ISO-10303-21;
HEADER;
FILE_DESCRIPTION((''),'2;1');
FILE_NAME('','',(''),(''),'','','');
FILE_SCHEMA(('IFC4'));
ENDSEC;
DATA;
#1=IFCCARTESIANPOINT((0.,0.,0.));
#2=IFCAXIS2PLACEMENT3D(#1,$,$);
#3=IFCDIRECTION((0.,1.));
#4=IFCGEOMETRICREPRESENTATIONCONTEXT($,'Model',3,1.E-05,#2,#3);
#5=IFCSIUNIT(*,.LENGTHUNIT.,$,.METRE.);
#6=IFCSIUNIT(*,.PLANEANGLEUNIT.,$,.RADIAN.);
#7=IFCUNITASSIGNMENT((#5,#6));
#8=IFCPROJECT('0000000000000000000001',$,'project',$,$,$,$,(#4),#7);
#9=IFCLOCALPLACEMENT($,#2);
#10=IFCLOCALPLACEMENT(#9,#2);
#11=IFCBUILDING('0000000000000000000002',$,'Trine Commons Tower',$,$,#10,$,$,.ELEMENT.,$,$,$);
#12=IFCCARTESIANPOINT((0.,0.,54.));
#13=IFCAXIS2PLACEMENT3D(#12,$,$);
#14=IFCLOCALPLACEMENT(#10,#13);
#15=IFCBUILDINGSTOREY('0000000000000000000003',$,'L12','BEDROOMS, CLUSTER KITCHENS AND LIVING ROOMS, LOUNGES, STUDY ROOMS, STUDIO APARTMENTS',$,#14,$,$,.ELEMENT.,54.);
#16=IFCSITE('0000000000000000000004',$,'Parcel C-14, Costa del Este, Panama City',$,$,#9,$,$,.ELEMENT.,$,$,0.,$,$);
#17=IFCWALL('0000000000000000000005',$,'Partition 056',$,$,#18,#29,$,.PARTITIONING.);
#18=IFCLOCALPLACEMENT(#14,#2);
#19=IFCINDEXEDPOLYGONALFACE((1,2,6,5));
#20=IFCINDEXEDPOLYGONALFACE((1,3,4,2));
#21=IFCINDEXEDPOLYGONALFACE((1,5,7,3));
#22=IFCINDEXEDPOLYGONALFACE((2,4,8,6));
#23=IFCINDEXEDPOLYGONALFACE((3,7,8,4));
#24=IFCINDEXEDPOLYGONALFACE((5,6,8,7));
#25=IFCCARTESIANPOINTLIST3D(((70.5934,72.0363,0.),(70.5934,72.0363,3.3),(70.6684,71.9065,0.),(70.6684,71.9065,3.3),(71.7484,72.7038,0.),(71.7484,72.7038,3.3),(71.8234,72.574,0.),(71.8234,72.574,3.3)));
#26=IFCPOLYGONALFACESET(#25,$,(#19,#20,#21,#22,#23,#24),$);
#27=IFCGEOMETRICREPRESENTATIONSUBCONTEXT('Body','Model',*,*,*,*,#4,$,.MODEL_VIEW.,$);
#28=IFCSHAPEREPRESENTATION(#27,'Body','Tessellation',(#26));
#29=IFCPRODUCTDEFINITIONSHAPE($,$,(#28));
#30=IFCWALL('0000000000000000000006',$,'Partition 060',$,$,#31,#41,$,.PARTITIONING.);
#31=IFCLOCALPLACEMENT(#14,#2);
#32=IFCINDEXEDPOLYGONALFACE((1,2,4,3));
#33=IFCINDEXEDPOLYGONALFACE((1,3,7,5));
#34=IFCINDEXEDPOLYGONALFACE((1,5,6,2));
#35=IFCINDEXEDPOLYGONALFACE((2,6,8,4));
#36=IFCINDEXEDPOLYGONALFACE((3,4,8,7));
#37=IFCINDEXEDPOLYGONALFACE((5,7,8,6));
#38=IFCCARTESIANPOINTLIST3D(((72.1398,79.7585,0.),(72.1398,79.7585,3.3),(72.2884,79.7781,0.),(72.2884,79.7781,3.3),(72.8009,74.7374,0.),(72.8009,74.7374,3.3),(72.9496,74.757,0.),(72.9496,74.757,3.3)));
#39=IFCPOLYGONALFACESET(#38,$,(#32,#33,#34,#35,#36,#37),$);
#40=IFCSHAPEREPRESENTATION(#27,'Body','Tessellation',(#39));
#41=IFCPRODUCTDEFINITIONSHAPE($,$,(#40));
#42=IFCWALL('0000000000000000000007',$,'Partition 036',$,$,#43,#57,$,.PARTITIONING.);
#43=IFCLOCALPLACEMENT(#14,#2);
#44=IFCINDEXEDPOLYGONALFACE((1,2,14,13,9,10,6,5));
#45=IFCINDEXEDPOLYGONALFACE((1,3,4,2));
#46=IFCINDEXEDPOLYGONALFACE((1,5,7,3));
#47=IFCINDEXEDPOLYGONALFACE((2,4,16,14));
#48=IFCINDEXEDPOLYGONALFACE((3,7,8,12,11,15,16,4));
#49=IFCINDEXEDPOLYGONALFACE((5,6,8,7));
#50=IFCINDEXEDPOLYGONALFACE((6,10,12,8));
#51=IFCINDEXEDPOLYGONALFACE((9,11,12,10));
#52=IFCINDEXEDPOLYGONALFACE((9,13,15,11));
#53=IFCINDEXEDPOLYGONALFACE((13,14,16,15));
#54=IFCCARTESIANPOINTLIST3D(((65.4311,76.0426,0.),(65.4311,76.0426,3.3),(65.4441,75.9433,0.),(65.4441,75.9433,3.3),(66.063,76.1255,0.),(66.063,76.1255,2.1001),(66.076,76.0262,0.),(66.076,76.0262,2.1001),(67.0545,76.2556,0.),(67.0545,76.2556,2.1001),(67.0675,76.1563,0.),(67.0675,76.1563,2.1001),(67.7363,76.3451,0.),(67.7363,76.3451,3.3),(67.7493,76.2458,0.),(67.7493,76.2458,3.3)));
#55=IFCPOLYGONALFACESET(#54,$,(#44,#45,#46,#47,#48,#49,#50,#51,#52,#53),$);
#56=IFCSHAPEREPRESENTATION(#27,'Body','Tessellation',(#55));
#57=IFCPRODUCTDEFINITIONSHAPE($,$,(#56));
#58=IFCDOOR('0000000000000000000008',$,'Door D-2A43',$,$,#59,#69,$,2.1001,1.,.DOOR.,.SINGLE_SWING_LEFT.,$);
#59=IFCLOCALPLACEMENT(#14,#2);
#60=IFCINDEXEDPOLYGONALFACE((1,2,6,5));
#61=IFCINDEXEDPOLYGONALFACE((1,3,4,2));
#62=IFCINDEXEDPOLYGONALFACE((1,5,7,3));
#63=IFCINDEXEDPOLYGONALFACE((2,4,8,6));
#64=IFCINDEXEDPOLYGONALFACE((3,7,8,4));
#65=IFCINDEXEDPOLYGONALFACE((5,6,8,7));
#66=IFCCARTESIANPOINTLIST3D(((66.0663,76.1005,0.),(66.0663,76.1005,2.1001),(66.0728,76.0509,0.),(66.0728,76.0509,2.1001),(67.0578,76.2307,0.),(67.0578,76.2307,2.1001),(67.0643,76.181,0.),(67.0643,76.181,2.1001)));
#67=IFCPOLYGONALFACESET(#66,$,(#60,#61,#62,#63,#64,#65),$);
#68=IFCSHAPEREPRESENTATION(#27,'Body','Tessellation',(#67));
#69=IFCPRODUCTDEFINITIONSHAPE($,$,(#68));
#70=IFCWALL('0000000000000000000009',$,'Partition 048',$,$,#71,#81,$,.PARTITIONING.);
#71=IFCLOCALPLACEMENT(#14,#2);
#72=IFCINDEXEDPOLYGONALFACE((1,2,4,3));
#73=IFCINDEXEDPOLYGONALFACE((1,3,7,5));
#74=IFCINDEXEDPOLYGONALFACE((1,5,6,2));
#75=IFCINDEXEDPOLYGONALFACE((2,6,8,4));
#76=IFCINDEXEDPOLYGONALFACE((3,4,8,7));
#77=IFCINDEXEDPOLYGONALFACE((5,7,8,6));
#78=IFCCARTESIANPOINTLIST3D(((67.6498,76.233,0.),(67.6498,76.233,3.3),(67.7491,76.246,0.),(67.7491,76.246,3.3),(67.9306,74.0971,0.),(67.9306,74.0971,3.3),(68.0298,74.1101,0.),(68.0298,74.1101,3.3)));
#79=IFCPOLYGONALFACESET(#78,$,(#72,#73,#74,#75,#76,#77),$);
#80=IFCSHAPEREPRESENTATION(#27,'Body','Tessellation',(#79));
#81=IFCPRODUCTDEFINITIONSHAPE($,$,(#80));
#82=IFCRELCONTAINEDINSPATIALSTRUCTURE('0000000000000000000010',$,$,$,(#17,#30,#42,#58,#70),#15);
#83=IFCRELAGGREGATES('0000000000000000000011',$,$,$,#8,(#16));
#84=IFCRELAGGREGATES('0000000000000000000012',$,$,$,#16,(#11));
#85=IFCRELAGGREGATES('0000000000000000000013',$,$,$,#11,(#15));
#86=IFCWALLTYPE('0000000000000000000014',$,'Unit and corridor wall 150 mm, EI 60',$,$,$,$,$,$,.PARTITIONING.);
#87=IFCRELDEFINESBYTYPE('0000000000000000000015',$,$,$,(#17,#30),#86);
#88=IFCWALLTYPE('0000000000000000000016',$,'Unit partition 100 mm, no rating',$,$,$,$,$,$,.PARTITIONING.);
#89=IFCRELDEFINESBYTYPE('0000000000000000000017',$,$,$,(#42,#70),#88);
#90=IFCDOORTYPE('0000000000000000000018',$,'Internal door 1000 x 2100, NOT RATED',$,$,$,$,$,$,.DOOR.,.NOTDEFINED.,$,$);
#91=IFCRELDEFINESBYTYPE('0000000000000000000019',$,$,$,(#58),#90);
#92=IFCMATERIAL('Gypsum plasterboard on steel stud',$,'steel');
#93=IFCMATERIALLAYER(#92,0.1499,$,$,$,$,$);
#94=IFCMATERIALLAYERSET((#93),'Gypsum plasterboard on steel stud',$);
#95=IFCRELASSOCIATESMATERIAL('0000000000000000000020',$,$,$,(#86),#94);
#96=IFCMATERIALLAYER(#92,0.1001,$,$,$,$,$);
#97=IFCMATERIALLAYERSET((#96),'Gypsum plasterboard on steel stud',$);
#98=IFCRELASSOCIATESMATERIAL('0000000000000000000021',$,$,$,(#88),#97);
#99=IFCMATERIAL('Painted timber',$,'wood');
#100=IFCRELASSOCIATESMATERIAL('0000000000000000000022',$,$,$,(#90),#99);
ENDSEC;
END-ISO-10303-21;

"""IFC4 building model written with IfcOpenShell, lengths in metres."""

from ifc_helpers import new_model, si_unit, direction, frame, frame_2d, origin, place, context, subcontext, project, spatial, rectangle, extrude, material, layer, layer_set, type_object, element, fill, save


model = new_model("IFC4")

# Units and contexts
model_context = context("Model", 3, precision=1e-05, world=origin(), true_north=direction((0.0, 1.0)))
body_context = subcontext(model_context, "Body", "Model", "MODEL_VIEW")
ifc_project = project(units=[si_unit("LENGTHUNIT", "METRE"), si_unit("PLANEANGLEUNIT", "RADIAN")], contexts=[model_context])

# Site, building, storey
site_placement = place(None, origin())
site = spatial("IfcSite", under=ifc_project, at=site_placement, Name="Parcel C-14, Costa del Este, Panama City", CompositionType="ELEMENT", RefElevation=0.0)
building_placement = place(site_placement, origin())
building = spatial("IfcBuilding", under=site, at=building_placement, Name="Trine Commons Tower", CompositionType="ELEMENT")
storey_placement = place(building_placement, frame((0.0, 0.0, 54.0)))
storey = spatial("IfcBuildingStorey", under=building, at=storey_placement, Name="L12", Description="BEDROOMS, CLUSTER KITCHENS AND LIVING ROOMS, LOUNGES, STUDY ROOMS, STUDIO APARTMENTS", CompositionType="ELEMENT", Elevation=54.0)

# Shared definitions
ifc_material_1 = material(Name="Gypsum plasterboard on steel stud", Category="steel")
ifc_layer_1 = layer(ifc_material_1, 0.1499)
ifc_layer_set_1 = layer_set([ifc_layer_1], Name="Gypsum plasterboard on steel stud")
wall_type_1 = type_object("IfcWallType", Name="Unit and corridor wall 150 mm, EI 60", PredefinedType="PARTITIONING", material=ifc_layer_set_1)

# Shared definitions
ifc_material_2 = material(Name="Painted timber", Category="wood")

# Walls
wall_1_placement = place(storey_placement, frame((70.6309, 71.9714, 0.0), z_axis=(0.0, 0.0, 1.0), x_axis=(0.865823, 0.500351, 0.0)))
element("IfcWall", 1, at=wall_1_placement, inside=storey, type_object=wall_type_1, Name="Partition 056", PredefinedType="PARTITIONING", context=body_context, shape_type="SweptSolid", body=[
    extrude(rectangle(XDim=1.334, YDim=0.1499, at=frame_2d((0.667, 0.0))), origin(), (0.0, 0.0, 1.0), 3.3),
])
wall_2_placement = place(storey_placement, frame((72.2141, 79.7683, 0.0), z_axis=(0.0, 0.0, 1.0), x_axis=(0.130547, -0.991442, 0.0)))
element("IfcWall", 2, at=wall_2_placement, inside=storey, type_object=wall_type_1, Name="Partition 060", PredefinedType="PARTITIONING", context=body_context, shape_type="SweptSolid", body=[
    extrude(rectangle(XDim=5.0645, YDim=0.1499, at=frame_2d((2.5322, 0.0))), origin(), (0.0, 0.0, 1.0), 3.3),
])

# Wall, opening, door
ifc_layer_2 = layer(ifc_material_1, 0.1001)
ifc_layer_set_2 = layer_set([ifc_layer_2], Name="Gypsum plasterboard on steel stud")
wall_type_2 = type_object("IfcWallType", Name="Unit partition 100 mm, no rating", PredefinedType="PARTITIONING", material=ifc_layer_set_2)
wall_3_placement = place(storey_placement, frame((65.4375, 75.9929, 0.0), z_axis=(0.0, 0.0, 1.0), x_axis=(0.9915, 0.130107, 0.0)))
wall_3 = element("IfcWall", 3, at=wall_3_placement, inside=storey, type_object=wall_type_2, Name="Partition 036", PredefinedType="PARTITIONING", context=body_context, shape_type="SweptSolid", body=[
    extrude(rectangle(XDim=2.325, YDim=0.1001, at=frame_2d((1.1626, 0.0))), origin(), (0.0, 0.0, 1.0), 3.3),
])
opening_1_placement = place(wall_3_placement, frame((0.6375, 0.0, 0.0)))
opening_1 = element("IfcOpeningElement", 4, at=opening_1_placement, cuts=wall_3, PredefinedType="OPENING", context=body_context, shape_type="SweptSolid", body=[
    extrude(rectangle(XDim=1.0, YDim=2.1001, at=frame_2d((0.5, 1.05))), frame((0.0, 0.0601, 0.0), z_axis=(0.0, -1.0, 0.0), x_axis=(1.0, 0.0, 0.0)), (0.0, 0.0, 1.0), 0.1201),
])
door_type_1 = type_object("IfcDoorType", Name="Internal door 1000 x 2100, NOT RATED", OperationType="NOTDEFINED", PredefinedType="DOOR", material=ifc_material_2)
door_1_placement = place(opening_1_placement, origin())
door_1 = element("IfcDoor", 5, at=door_1_placement, inside=storey, type_object=door_type_1, Name="Door D-2A43", OperationType="SINGLE_SWING_LEFT", OverallHeight=2.1001, OverallWidth=1.0, PredefinedType="DOOR", context=body_context, shape_type="SweptSolid", body=[
    extrude(rectangle(XDim=1.0, YDim=2.1001, at=frame_2d((0.5, 1.05))), frame((0.0, 0.0249, 0.0), z_axis=(0.0, -1.0, 0.0), x_axis=(1.0, 0.0, 0.0)), (0.0, 0.0, 1.0), 0.05),
])
fill(opening_1, door_1)

# Wall
wall_4_placement = place(storey_placement, frame((67.6995, 76.2395, 0.0), z_axis=(0.0, 0.0, 1.0), x_axis=(0.130323, -0.991472, 0.0)))
element("IfcWall", 6, at=wall_4_placement, inside=storey, type_object=wall_type_2, Name="Partition 048", PredefinedType="PARTITIONING", context=body_context, shape_type="SweptSolid", body=[
    extrude(rectangle(XDim=2.1543, YDim=0.1001, at=frame_2d((1.0771, 0.0))), origin(), (0.0, 0.0, 1.0), 3.3),
])

save(model, "model.ifc")
